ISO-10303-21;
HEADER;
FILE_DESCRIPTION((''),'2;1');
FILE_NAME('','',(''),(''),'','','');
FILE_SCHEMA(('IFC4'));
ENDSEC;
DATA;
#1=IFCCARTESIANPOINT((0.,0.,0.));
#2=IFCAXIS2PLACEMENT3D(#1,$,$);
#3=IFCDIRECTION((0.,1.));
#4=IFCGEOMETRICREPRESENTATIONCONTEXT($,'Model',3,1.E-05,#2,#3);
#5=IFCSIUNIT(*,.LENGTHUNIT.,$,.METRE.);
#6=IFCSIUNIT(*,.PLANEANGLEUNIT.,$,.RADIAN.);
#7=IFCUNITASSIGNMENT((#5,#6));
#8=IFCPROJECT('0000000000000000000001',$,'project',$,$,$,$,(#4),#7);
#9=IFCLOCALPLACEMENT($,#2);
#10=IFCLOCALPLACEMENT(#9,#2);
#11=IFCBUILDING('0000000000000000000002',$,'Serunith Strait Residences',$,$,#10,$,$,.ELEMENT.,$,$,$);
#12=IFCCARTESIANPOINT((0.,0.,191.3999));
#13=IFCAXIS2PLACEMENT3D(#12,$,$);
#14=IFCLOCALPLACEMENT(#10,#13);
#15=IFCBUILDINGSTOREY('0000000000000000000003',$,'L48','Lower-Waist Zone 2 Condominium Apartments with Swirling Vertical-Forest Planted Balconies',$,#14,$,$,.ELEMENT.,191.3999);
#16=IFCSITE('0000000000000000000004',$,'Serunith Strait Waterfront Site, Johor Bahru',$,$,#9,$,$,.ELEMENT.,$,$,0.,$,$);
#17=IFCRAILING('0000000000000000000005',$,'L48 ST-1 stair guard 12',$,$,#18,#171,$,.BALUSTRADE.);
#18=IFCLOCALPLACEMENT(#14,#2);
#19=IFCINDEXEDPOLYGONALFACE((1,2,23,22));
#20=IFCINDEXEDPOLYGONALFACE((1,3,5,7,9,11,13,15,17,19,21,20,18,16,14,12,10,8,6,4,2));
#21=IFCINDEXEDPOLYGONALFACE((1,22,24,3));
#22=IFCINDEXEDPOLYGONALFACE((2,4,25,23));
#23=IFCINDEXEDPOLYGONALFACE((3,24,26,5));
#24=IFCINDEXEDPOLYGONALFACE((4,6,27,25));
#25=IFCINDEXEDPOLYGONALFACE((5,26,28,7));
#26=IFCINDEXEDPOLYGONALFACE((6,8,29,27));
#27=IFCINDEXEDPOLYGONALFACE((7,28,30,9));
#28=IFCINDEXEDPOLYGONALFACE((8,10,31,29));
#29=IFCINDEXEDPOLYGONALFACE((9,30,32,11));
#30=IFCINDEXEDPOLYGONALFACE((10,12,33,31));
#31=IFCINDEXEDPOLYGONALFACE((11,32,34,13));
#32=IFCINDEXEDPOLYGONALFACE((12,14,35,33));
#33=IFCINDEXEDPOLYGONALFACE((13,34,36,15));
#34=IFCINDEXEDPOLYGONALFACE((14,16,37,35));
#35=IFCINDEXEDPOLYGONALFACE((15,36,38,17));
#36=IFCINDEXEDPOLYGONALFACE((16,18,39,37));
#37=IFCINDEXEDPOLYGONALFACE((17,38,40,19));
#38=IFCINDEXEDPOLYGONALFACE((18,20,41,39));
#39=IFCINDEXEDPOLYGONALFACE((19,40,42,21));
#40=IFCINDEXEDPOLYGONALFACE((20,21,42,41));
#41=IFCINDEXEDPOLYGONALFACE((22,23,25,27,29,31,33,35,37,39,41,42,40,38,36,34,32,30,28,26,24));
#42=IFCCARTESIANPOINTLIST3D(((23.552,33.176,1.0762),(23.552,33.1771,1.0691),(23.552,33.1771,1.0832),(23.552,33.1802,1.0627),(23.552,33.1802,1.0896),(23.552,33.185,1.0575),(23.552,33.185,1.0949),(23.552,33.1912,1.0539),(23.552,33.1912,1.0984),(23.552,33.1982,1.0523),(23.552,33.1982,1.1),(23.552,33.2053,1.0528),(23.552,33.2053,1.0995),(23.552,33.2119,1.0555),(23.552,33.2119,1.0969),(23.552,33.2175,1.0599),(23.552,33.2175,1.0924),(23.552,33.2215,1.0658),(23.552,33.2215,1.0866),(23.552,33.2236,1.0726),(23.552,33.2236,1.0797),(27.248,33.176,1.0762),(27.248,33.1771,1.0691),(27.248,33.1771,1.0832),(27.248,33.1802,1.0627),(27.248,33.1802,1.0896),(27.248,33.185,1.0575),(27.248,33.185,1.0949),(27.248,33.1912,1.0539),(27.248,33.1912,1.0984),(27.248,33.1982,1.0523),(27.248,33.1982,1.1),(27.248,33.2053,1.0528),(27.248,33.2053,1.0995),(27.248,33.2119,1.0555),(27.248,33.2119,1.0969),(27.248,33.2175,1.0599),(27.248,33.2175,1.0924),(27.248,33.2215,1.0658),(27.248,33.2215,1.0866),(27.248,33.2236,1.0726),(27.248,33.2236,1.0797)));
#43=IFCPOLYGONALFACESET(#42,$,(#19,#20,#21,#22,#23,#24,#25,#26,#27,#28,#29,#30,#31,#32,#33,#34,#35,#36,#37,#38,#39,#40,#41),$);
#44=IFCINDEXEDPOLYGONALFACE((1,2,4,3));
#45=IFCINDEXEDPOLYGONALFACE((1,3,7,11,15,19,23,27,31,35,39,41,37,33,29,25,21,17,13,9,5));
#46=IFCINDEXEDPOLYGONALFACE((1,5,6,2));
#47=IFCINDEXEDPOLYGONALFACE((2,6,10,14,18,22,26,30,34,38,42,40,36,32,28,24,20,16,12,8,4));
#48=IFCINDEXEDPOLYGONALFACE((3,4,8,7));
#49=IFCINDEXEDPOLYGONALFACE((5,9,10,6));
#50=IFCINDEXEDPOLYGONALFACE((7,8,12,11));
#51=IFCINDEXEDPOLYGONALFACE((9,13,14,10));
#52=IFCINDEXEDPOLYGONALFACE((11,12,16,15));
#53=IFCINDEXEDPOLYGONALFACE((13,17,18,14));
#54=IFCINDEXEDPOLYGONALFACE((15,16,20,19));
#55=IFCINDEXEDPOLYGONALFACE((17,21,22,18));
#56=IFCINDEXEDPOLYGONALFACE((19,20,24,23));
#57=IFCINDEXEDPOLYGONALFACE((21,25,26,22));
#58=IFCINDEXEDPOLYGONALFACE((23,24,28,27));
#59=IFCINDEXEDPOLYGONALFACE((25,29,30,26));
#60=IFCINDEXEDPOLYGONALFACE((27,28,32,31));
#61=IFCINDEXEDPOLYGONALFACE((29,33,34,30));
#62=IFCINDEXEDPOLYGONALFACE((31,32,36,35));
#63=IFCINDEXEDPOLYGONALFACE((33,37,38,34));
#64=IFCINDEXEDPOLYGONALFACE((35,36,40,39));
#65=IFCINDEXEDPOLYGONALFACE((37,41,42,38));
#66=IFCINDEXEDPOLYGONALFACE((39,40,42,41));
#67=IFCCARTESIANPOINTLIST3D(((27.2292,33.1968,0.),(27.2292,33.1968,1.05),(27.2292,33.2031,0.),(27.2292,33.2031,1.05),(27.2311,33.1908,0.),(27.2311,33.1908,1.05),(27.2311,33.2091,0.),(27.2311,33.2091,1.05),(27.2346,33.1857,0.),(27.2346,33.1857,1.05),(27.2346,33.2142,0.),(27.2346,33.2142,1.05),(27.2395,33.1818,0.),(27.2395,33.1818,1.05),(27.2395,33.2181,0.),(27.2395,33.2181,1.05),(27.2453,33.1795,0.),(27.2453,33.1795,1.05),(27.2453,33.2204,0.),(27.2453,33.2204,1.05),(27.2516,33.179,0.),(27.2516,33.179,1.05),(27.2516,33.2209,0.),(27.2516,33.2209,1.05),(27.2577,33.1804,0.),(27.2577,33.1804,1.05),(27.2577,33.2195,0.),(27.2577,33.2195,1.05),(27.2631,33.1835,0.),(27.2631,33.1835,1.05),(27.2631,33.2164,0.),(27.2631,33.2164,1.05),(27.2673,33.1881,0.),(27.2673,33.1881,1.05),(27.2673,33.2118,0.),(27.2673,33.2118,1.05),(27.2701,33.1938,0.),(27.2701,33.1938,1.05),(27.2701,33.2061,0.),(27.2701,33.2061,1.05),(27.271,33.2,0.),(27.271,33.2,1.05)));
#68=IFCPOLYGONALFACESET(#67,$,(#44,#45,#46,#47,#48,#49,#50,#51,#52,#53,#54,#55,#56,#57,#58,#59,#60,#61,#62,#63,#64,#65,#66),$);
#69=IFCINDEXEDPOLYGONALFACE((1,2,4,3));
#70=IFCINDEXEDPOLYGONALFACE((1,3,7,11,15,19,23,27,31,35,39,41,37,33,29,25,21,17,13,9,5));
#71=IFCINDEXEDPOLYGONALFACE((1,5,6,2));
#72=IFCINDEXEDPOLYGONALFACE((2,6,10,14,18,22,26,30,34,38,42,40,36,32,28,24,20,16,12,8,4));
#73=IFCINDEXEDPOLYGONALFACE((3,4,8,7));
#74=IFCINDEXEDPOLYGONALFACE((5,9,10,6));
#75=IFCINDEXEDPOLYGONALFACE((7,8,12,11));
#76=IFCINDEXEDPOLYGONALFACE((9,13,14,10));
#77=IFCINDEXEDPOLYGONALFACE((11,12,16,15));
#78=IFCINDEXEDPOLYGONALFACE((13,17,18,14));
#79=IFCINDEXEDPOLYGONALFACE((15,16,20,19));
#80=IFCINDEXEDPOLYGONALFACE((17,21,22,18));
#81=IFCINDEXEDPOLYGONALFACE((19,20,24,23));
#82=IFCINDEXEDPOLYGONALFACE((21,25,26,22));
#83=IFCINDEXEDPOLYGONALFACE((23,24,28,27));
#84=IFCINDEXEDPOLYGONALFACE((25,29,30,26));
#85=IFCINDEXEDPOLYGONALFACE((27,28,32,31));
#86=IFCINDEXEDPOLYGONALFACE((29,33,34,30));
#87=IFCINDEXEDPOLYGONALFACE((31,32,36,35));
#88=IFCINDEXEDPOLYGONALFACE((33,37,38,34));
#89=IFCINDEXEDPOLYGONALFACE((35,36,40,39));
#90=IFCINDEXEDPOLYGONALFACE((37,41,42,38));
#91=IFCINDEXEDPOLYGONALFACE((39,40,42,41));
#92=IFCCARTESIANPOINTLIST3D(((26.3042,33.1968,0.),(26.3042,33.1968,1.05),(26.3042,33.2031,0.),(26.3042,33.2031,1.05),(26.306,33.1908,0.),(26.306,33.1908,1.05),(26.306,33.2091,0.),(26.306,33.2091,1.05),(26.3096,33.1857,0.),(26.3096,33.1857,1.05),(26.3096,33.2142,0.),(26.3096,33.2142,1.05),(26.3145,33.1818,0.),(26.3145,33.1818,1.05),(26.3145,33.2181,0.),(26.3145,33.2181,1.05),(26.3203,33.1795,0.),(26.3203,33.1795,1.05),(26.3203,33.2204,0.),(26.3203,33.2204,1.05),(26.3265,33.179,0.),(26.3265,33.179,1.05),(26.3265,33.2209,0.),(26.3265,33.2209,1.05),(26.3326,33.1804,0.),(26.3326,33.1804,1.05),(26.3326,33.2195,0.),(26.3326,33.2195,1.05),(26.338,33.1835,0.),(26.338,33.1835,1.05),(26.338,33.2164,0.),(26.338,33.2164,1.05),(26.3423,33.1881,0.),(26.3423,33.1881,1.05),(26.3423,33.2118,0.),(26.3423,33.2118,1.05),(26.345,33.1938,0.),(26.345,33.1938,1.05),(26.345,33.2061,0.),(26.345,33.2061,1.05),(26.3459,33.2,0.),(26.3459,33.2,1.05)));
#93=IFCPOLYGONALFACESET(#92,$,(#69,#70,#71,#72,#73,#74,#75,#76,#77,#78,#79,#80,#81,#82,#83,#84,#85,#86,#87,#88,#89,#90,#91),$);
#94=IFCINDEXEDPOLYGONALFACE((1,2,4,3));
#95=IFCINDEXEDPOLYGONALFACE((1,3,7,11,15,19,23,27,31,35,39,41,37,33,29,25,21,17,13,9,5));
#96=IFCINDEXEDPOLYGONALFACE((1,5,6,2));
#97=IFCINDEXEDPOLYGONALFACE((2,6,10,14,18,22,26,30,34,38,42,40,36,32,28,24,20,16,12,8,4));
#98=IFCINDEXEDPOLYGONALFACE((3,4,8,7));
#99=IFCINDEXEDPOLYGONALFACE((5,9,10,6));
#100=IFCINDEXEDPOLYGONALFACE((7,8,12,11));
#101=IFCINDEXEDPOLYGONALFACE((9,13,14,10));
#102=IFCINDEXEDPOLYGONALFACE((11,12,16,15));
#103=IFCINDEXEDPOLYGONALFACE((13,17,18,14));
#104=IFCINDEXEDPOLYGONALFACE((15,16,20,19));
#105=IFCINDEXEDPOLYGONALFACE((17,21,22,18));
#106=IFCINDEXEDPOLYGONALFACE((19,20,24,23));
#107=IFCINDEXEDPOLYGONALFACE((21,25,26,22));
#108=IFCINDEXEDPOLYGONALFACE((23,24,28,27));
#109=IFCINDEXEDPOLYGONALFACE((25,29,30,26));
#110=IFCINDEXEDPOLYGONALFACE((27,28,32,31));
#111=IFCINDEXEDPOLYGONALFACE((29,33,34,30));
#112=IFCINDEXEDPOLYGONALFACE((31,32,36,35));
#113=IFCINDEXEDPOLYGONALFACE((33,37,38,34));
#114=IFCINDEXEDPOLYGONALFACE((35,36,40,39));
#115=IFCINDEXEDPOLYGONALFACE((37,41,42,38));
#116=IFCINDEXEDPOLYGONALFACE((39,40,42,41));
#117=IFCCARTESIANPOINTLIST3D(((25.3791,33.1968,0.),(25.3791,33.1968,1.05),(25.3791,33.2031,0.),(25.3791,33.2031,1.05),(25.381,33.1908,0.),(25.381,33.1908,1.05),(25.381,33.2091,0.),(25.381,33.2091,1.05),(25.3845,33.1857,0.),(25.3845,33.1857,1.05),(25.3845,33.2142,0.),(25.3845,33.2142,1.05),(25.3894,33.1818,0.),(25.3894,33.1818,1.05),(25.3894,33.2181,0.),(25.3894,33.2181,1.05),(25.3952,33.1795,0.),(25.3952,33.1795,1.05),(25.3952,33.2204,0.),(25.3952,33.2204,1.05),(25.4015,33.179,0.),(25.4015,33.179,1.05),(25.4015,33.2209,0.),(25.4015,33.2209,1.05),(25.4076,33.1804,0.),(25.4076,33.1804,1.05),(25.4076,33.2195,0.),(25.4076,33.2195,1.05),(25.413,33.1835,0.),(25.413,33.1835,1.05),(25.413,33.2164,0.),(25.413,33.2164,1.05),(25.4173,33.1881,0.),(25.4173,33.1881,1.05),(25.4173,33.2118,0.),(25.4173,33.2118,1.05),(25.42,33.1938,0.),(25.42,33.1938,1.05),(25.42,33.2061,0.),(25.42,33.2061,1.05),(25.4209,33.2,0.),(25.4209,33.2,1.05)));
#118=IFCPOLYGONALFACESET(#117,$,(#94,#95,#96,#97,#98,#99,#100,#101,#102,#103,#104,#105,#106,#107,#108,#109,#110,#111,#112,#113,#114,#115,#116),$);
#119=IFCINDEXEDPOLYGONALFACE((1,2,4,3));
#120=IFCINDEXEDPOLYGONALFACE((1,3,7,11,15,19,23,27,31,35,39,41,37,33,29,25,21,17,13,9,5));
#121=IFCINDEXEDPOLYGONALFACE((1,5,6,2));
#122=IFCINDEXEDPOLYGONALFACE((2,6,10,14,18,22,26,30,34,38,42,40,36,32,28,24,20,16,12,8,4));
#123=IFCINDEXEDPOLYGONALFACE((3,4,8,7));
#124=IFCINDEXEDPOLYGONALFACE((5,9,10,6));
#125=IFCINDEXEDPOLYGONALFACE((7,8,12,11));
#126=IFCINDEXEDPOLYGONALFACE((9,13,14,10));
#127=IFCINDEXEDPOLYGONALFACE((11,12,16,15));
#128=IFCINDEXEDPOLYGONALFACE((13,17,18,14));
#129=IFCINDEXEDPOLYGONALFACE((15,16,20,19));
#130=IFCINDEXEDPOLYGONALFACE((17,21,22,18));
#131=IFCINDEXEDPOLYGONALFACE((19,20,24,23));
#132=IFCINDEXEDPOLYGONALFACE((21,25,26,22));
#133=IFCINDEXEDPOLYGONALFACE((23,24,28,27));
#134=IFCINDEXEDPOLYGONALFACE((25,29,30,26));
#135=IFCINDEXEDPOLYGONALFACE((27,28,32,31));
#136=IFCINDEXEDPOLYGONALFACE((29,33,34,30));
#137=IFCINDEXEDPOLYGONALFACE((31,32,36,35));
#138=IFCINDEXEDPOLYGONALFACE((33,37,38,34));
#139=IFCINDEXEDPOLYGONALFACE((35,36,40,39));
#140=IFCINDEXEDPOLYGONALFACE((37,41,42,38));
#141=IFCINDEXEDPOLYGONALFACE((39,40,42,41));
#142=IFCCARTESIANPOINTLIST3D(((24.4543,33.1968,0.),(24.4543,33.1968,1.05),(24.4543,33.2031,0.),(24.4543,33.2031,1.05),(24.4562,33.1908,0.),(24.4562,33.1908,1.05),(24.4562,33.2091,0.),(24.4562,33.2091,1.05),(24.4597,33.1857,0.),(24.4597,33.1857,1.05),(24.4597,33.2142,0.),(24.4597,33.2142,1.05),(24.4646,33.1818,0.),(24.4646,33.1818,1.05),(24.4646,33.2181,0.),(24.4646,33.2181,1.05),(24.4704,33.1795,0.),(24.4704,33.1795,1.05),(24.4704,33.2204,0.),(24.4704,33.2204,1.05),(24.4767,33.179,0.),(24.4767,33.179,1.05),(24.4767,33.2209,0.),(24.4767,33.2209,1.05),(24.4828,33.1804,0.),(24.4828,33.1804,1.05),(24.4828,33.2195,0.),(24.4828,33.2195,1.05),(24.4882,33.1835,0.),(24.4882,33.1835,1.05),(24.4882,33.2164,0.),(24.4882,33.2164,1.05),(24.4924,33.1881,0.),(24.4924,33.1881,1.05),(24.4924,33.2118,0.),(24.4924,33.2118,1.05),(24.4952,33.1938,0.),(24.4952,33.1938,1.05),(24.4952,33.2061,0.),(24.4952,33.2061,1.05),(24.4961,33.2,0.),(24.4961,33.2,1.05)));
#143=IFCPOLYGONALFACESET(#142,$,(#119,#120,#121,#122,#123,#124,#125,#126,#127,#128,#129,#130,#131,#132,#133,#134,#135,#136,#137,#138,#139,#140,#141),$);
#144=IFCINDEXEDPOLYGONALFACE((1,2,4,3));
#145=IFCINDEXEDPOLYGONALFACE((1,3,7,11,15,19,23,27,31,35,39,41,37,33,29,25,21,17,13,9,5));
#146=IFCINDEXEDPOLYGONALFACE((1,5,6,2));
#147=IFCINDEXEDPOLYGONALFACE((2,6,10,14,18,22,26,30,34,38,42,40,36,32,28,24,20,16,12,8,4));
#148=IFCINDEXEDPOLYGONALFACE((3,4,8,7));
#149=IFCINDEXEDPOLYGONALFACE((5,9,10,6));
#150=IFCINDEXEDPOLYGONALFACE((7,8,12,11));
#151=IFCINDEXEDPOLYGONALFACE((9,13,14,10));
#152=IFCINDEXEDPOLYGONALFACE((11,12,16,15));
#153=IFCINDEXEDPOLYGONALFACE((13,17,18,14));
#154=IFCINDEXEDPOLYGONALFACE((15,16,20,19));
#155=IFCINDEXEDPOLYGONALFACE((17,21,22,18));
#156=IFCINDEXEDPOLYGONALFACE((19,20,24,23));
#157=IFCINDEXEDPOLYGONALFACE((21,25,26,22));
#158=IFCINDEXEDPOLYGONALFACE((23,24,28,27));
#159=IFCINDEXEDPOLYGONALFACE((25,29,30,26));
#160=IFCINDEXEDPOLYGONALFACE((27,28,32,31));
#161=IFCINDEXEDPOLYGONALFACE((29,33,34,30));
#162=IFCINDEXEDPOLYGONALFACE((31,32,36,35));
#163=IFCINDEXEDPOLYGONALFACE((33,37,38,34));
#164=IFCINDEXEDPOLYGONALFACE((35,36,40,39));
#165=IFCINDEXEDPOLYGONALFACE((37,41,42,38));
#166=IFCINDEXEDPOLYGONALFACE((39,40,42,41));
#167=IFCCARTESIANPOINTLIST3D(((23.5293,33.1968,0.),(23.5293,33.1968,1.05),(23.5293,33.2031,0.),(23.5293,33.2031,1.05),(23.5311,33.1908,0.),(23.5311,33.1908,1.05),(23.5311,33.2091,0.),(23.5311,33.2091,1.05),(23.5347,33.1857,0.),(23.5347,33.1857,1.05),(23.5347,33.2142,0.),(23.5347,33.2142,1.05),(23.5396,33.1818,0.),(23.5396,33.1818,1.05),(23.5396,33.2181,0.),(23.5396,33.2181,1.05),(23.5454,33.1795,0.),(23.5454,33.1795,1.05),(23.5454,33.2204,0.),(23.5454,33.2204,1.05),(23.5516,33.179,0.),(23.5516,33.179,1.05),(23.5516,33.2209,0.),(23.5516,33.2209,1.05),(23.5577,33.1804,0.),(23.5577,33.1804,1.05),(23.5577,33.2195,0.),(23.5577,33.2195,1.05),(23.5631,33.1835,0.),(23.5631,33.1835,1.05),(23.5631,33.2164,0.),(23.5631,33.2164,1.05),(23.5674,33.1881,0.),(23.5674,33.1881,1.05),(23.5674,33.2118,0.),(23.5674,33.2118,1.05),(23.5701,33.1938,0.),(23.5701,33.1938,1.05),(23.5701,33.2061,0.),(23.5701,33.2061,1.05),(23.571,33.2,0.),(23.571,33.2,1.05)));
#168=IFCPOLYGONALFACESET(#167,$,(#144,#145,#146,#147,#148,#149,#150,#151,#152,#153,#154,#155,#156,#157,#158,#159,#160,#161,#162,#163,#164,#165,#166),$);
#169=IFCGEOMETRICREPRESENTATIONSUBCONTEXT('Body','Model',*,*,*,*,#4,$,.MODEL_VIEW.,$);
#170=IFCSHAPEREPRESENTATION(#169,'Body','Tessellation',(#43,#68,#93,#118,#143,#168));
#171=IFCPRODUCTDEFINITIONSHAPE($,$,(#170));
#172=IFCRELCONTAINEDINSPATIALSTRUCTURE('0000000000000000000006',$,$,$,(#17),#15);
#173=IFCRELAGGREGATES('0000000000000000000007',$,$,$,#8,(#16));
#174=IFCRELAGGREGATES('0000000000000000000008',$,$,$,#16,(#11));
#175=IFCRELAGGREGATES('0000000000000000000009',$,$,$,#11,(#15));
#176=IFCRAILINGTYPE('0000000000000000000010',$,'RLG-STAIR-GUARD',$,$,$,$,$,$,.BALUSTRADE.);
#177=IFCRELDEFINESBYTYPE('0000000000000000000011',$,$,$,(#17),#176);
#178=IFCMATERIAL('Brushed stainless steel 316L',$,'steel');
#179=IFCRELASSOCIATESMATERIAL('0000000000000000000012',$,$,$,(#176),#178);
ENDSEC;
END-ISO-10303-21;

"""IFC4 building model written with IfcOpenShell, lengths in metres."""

from ifc_helpers import new_model, si_unit, direction, frame, origin, origin_2d, place, context, subcontext, project, spatial, circle, extrude, material, type_object, element, save


model = new_model("IFC4")

# Units and contexts
model_context = context("Model", 3, precision=1e-05, world=origin(), true_north=direction((0.0, 1.0)))
body_context = subcontext(model_context, "Body", "Model", "MODEL_VIEW")
ifc_project = project(units=[si_unit("LENGTHUNIT", "METRE"), si_unit("PLANEANGLEUNIT", "RADIAN")], contexts=[model_context])

# Site, building, storey
site_placement = place(None, origin())
site = spatial("IfcSite", under=ifc_project, at=site_placement, Name="Serunith Strait Waterfront Site, Johor Bahru", CompositionType="ELEMENT", RefElevation=0.0)
building_placement = place(site_placement, origin())
building = spatial("IfcBuilding", under=site, at=building_placement, Name="Serunith Strait Residences", CompositionType="ELEMENT")
storey_placement = place(building_placement, frame((0.0, 0.0, 191.3999)))
storey = spatial("IfcBuildingStorey", under=building, at=storey_placement, Name="L48", Description="Lower-Waist Zone 2 Condominium Apartments with Swirling Vertical-Forest Planted Balconies", CompositionType="ELEMENT", Elevation=191.3999)

# Railing
ifc_material_1 = material(Name="Brushed stainless steel 316L", Category="steel")
railing_type_1 = type_object("IfcRailingType", Name="RLG-STAIR-GUARD", PredefinedType="BALUSTRADE", material=ifc_material_1)
railing_1_placement = place(storey_placement, frame((27.25, 33.2, 0.0)))
element("IfcRailing", 1, at=railing_1_placement, inside=storey, type_object=railing_type_1, Name="L48 ST-1 stair guard 12", PredefinedType="BALUSTRADE", context=body_context, shape_type="SweptSolid", body=[
    extrude(circle(Radius=0.0239, at=origin_2d()), frame((-0.002, 0.0, 1.0762), z_axis=(-1.0, 0.0, 0.0), x_axis=(0.0, -1.0, 0.0)), (0.0, 0.0, 1.0), 3.696),
    extrude(circle(Radius=0.021, at=origin_2d()), origin(), (0.0, 0.0, 1.0), 1.05),
    extrude(circle(Radius=0.021, at=origin_2d()), frame((-0.925, 0.0, 0.0)), (0.0, 0.0, 1.0), 1.05),
    extrude(circle(Radius=0.021, at=origin_2d()), frame((-1.8501, 0.0, 0.0)), (0.0, 0.0, 1.0), 1.05),
    extrude(circle(Radius=0.021, at=origin_2d()), frame((-2.7749, 0.0, 0.0)), (0.0, 0.0, 1.0), 1.05),
    extrude(circle(Radius=0.021, at=origin_2d()), frame((-3.7, 0.0, 0.0)), (0.0, 0.0, 1.0), 1.05),
])

save(model, "model.ifc")
